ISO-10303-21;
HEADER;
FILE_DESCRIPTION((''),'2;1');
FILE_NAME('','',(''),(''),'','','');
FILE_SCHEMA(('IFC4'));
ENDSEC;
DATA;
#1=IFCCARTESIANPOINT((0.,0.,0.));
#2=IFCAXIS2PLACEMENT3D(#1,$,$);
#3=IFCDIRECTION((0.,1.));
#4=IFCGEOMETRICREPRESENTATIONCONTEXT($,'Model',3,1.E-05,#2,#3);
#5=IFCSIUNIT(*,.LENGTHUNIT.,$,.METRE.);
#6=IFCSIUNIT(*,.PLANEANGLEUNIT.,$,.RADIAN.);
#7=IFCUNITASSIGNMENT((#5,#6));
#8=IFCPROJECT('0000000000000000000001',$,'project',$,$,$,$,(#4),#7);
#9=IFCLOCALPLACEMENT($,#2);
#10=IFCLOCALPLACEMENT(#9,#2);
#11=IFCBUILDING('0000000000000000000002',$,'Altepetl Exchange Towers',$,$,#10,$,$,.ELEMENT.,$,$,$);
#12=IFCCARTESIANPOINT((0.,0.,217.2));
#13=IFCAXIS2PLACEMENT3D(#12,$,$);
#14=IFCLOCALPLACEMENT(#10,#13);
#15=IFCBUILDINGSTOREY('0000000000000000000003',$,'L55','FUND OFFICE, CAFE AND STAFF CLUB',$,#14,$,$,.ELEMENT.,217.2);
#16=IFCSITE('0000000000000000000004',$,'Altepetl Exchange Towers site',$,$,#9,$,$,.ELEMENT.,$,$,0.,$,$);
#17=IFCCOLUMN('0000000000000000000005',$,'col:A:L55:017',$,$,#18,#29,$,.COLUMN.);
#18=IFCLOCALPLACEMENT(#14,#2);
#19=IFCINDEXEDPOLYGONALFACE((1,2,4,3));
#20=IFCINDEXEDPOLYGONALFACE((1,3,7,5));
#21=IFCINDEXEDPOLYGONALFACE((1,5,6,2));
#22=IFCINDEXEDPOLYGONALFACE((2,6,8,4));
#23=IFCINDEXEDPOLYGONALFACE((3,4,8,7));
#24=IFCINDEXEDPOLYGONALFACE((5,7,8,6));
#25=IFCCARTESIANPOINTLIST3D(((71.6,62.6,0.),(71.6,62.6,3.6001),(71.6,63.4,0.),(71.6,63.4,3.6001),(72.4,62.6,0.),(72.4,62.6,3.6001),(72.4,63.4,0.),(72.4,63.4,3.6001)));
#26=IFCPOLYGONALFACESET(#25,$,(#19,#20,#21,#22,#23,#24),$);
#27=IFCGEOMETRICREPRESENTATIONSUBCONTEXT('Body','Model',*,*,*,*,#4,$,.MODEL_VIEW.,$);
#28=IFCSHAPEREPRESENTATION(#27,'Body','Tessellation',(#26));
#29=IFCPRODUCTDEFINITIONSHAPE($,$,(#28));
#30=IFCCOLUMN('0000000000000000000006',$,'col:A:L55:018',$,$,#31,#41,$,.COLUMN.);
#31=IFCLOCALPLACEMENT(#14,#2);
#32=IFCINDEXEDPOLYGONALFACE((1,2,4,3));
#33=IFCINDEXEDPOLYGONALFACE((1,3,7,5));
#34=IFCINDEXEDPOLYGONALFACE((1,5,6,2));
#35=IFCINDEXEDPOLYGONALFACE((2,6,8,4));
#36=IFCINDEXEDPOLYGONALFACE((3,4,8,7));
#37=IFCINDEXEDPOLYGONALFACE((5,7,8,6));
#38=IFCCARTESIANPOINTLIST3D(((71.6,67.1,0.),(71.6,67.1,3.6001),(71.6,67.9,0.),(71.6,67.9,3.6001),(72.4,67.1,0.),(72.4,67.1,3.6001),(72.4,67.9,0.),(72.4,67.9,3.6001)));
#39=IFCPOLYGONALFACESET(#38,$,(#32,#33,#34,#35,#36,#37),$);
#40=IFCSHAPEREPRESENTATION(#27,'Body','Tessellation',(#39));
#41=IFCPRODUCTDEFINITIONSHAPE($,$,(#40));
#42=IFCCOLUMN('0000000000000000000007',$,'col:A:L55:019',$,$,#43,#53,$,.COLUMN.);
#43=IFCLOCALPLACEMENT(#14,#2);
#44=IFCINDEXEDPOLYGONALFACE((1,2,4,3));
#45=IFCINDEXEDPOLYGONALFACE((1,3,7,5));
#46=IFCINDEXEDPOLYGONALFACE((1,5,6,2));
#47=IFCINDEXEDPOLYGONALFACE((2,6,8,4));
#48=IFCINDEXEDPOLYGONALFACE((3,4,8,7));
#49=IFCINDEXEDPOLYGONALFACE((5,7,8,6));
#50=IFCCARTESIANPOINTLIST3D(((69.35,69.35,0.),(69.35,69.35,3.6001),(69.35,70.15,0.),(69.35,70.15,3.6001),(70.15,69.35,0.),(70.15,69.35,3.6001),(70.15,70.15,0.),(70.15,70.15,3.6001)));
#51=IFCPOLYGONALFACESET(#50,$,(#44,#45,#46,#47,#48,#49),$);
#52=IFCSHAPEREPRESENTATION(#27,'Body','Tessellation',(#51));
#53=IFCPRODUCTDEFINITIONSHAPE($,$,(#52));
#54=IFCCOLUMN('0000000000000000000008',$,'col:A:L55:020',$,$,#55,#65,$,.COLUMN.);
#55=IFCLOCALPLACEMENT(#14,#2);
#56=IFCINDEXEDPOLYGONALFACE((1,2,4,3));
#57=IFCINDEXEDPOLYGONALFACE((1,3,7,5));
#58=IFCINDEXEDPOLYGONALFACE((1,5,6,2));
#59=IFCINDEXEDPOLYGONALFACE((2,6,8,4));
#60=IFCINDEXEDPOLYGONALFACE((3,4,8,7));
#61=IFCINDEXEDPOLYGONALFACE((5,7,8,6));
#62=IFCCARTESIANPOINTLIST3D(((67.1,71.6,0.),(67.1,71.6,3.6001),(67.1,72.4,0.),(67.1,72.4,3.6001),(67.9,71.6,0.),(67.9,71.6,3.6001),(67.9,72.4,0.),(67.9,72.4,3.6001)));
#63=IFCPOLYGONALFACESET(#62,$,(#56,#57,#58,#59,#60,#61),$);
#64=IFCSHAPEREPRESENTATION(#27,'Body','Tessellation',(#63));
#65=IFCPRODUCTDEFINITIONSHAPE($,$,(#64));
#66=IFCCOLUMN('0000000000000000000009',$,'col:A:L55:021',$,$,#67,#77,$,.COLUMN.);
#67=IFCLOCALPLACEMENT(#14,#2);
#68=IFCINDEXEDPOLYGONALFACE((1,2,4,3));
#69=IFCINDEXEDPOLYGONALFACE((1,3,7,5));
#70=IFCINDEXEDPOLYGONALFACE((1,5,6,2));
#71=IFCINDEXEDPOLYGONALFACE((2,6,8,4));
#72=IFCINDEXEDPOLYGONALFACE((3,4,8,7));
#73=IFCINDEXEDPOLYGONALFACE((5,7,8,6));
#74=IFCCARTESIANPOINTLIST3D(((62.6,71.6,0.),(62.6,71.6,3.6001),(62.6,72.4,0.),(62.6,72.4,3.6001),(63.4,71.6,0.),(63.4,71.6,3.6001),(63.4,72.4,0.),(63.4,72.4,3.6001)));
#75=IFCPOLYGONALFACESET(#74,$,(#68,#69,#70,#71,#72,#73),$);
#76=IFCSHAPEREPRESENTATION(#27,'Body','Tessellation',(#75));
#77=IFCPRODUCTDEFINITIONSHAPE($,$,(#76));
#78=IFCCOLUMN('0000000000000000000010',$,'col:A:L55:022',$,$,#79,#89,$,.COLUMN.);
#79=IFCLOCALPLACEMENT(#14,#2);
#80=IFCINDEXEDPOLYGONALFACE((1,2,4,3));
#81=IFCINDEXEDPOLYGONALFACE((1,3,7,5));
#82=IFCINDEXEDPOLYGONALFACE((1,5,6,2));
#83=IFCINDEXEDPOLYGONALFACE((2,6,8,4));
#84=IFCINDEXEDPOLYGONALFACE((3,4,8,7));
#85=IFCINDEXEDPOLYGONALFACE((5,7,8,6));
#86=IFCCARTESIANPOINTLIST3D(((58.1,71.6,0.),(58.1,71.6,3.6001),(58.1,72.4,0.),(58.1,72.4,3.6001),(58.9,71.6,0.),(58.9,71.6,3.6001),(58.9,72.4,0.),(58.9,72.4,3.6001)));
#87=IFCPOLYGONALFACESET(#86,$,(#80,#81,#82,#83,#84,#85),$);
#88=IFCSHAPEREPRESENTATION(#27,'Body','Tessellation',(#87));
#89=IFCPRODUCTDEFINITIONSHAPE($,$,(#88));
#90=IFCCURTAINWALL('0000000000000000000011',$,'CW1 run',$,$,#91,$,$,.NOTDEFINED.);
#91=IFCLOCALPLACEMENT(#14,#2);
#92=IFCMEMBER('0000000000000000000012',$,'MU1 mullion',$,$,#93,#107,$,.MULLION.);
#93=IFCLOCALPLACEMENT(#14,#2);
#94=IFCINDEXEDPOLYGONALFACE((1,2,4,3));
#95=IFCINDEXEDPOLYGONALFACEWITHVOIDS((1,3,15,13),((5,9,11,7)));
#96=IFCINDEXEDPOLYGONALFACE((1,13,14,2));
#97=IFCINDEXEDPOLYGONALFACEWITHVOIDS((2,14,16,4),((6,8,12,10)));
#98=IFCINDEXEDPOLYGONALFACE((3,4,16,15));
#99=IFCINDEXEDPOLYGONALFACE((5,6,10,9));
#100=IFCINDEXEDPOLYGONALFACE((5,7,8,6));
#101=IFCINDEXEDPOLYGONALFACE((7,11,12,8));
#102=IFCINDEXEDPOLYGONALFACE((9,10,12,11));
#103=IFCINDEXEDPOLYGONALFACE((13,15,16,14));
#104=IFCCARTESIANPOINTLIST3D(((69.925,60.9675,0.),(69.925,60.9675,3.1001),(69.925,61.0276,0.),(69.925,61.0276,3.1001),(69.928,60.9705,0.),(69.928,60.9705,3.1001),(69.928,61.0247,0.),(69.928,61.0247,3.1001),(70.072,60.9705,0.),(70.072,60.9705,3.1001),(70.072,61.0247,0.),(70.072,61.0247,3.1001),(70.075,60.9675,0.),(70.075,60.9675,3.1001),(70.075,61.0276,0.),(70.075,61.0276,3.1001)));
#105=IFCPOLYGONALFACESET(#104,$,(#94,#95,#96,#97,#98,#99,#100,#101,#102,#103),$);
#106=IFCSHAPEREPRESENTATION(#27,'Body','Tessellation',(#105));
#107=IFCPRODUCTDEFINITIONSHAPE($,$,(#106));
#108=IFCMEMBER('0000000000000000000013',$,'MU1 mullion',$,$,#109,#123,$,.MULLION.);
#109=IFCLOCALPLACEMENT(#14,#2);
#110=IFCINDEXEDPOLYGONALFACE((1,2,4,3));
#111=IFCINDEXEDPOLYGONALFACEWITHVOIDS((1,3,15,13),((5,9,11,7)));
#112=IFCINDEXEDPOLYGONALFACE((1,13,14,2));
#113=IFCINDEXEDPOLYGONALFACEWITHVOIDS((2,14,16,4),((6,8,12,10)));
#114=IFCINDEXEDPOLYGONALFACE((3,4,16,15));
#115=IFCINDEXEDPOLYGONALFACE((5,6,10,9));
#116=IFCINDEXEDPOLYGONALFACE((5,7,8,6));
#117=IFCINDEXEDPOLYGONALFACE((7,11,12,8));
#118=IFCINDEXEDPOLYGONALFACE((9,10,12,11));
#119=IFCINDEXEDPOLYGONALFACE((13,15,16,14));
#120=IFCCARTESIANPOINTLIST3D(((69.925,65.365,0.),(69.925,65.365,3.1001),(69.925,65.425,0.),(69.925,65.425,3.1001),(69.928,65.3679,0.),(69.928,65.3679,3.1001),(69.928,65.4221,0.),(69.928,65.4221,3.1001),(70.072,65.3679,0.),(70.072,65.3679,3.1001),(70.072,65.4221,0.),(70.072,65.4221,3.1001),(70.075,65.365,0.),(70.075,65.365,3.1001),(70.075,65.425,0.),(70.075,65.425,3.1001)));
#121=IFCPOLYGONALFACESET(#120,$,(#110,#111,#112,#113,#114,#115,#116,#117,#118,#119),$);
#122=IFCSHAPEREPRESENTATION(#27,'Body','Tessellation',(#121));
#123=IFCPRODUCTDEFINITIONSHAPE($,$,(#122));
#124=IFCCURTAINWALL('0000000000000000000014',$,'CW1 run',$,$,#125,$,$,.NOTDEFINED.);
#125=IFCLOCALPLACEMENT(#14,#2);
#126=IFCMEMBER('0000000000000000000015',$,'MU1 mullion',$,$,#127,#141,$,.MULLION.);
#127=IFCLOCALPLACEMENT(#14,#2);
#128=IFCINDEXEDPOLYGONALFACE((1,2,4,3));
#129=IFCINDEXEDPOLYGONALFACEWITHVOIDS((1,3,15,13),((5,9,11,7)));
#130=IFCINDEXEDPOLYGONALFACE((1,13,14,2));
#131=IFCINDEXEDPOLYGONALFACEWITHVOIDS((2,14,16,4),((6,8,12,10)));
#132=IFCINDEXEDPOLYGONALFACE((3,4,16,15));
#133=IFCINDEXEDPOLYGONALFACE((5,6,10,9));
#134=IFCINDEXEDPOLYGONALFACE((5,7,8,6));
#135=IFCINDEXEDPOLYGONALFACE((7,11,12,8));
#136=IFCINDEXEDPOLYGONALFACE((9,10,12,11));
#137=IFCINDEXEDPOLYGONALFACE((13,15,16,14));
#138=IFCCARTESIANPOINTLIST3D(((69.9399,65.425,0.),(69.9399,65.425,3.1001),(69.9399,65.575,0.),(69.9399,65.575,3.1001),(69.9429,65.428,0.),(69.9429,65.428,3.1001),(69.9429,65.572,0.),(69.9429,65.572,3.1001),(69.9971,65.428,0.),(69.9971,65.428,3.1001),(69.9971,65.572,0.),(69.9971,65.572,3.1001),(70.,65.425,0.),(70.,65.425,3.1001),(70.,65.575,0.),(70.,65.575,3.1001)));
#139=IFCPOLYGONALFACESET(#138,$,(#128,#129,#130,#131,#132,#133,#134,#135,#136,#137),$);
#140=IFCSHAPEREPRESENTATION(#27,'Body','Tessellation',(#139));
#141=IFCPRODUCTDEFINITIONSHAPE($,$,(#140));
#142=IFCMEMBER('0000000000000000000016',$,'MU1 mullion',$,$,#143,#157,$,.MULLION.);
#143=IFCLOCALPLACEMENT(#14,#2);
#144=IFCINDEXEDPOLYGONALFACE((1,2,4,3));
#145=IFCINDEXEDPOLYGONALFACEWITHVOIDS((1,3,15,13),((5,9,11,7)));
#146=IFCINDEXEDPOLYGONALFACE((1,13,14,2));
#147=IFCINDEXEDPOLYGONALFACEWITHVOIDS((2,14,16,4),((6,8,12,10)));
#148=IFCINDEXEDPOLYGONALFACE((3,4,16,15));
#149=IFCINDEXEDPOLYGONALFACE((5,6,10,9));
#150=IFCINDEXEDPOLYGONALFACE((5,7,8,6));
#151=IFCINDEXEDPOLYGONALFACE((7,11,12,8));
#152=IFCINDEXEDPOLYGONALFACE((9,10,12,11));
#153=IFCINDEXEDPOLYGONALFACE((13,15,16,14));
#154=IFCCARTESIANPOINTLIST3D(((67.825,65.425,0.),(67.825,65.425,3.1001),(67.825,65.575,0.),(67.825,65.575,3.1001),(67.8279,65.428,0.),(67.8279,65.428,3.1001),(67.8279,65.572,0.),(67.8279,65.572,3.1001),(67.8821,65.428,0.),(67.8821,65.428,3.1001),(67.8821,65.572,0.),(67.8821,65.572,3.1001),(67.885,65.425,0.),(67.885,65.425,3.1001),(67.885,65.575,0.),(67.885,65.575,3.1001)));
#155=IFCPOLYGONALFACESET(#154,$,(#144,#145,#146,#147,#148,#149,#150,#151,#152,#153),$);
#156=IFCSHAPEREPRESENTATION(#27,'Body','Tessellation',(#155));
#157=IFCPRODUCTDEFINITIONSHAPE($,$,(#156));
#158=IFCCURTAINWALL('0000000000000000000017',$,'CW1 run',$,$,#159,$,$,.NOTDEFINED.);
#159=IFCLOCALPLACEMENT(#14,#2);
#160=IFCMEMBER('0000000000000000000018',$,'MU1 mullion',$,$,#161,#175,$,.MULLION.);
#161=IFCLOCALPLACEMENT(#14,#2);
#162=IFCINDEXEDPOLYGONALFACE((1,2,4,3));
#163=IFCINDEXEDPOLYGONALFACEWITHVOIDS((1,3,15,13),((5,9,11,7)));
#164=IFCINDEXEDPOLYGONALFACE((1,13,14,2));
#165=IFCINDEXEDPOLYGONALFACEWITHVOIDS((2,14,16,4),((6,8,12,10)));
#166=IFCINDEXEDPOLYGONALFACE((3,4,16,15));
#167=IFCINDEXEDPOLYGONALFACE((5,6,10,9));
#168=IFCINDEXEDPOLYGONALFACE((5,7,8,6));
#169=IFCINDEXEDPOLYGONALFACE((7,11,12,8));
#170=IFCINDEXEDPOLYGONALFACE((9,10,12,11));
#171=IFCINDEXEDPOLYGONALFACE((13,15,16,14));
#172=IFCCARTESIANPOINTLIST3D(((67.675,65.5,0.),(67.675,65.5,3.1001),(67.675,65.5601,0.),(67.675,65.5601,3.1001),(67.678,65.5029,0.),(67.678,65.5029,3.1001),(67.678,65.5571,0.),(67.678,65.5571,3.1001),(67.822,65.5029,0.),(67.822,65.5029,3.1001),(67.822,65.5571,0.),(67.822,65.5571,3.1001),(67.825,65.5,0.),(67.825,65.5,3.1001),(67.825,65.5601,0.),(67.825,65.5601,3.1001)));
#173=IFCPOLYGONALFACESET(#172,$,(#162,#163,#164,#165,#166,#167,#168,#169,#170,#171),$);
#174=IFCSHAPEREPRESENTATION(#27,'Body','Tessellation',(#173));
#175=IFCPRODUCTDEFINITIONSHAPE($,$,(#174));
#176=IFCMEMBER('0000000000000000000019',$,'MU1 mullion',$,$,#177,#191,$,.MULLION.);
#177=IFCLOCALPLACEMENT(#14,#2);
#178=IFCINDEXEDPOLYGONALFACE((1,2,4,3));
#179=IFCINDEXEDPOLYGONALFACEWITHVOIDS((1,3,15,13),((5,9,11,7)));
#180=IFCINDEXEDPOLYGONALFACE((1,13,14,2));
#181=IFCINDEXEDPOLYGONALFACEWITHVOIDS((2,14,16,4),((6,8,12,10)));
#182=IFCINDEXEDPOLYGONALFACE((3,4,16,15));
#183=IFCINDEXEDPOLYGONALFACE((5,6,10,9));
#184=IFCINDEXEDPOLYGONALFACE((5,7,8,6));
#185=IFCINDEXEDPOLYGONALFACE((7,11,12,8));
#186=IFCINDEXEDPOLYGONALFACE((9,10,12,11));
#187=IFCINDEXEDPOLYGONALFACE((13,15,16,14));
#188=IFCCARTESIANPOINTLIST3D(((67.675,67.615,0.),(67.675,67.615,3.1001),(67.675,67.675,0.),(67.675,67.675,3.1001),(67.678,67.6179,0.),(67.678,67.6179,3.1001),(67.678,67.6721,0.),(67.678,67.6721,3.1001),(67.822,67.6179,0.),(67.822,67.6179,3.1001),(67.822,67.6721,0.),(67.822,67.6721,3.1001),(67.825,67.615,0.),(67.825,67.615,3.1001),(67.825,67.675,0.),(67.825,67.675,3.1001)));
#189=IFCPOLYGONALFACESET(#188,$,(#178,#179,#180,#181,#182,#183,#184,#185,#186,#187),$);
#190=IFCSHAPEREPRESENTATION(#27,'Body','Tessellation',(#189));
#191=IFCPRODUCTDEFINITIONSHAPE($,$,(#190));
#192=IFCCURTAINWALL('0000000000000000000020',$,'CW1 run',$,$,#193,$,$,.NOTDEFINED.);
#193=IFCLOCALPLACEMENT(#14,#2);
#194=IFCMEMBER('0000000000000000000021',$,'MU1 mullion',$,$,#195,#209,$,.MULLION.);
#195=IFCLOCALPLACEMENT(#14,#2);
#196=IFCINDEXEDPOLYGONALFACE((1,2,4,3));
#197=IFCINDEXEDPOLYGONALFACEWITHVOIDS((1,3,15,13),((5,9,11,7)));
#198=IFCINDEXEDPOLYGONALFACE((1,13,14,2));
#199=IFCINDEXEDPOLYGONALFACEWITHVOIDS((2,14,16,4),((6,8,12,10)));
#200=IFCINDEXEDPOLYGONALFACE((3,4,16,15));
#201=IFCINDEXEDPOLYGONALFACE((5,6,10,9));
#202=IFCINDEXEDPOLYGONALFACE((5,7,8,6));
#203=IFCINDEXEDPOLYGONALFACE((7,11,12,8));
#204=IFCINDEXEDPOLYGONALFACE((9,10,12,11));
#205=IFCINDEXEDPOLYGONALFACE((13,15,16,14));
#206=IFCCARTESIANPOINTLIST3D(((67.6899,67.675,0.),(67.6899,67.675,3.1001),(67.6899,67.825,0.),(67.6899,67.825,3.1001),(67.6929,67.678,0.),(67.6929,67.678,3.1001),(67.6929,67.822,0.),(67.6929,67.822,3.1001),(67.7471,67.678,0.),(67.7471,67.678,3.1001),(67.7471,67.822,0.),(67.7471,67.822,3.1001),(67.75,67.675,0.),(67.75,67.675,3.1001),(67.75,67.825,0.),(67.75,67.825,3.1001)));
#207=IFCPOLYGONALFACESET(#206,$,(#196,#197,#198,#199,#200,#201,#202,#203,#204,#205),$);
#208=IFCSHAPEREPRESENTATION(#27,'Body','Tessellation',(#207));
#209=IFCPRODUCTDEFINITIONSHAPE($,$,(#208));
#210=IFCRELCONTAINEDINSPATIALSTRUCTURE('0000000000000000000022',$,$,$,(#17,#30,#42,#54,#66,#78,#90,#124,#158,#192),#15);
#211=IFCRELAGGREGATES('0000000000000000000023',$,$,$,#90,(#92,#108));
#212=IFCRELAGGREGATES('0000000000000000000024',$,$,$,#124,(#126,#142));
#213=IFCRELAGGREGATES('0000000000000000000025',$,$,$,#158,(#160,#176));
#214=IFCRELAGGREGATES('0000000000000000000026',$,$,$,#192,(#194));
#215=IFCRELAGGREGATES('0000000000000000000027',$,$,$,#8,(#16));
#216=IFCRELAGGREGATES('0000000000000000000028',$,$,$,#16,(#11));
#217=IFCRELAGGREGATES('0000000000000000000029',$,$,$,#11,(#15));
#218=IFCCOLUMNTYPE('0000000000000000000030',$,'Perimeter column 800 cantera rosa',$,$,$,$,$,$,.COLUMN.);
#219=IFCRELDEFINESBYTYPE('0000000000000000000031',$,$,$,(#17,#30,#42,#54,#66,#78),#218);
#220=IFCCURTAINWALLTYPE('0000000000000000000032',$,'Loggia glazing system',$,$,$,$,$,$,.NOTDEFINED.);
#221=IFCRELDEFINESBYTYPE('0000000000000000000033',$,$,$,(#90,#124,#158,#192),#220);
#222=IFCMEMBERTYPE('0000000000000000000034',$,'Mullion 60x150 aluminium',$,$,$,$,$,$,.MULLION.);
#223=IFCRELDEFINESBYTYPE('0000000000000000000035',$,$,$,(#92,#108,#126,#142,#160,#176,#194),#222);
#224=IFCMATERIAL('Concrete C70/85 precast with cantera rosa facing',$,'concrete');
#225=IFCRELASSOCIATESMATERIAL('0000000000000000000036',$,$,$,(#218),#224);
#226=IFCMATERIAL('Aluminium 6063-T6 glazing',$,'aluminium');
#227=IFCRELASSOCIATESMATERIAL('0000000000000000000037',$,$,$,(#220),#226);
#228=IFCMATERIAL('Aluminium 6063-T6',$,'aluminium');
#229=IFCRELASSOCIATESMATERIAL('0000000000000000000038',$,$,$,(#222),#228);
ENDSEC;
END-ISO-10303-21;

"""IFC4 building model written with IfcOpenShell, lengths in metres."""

from ifc_helpers import new_model, si_unit, direction, frame, origin, origin_2d, place, context, subcontext, project, spatial, rectangle, hollow_rectangle, extrude, material, material_profile, profile_set, type_object, element, aggregate, save


model = new_model("IFC4")

# Units and contexts
model_context = context("Model", 3, precision=1e-05, world=origin(), true_north=direction((0.0, 1.0)))
body_context = subcontext(model_context, "Body", "Model", "MODEL_VIEW")
ifc_project = project(units=[si_unit("LENGTHUNIT", "METRE"), si_unit("PLANEANGLEUNIT", "RADIAN")], contexts=[model_context])

# Site, building, storey
site_placement = place(None, origin())
site = spatial("IfcSite", under=ifc_project, at=site_placement, Name="Altepetl Exchange Towers site", CompositionType="ELEMENT", RefElevation=0.0)
building_placement = place(site_placement, origin())
building = spatial("IfcBuilding", under=site, at=building_placement, Name="Altepetl Exchange Towers", CompositionType="ELEMENT")
storey_placement = place(building_placement, frame((0.0, 0.0, 217.2)))
storey = spatial("IfcBuildingStorey", under=building, at=storey_placement, Name="L55", Description="FUND OFFICE, CAFE AND STAFF CLUB", CompositionType="ELEMENT", Elevation=217.2)

# Columns
ifc_material_1 = material(Name="Concrete C70/85 precast with cantera rosa facing", Category="concrete")
ifc_material_profile_1 = material_profile(ifc_material_1, rectangle(XDim=0.8, YDim=0.8, at=origin_2d()), Name="800 x 800")
ifc_profile_set_1 = profile_set([ifc_material_profile_1], Name="Concrete C70/85 precast with cantera rosa facing")
column_type = type_object("IfcColumnType", Name="Perimeter column 800 cantera rosa", PredefinedType="COLUMN", material=ifc_profile_set_1)
for number, where, name in (
    (1, (72.0, 63.0, 0.0), "col:A:L55:017"),
    (2, (72.0, 67.5, 0.0), "col:A:L55:018"),
    (3, (69.75, 69.75, 0.0), "col:A:L55:019"),
    (4, (67.5, 72.0, 0.0), "col:A:L55:020"),
    (5, (63.0, 72.0, 0.0), "col:A:L55:021"),
    (6, (58.5, 72.0, 0.0), "col:A:L55:022"),
):
    element("IfcColumn", number, at=place(storey_placement, frame(where)), inside=storey, type_object=column_type, Name=name, PredefinedType="COLUMN", context=body_context, shape_type="SweptSolid", body=[
        extrude(rectangle(XDim=0.8, YDim=0.8, at=origin_2d()), origin(), (0.0, 0.0, 1.0), 3.6001),
    ])

# Curtain walls, members
ifc_material_2 = material(Name="Aluminium 6063-T6 glazing", Category="aluminium")
curtain_wall_type = type_object("IfcCurtainWallType", Name="Loggia glazing system", PredefinedType="NOTDEFINED", material=ifc_material_2)
curtain_wall_1_placement = place(storey_placement, origin())
curtain_wall_1 = element("IfcCurtainWall", 7, at=curtain_wall_1_placement, inside=storey, type_object=curtain_wall_type, Name="CW1 run", PredefinedType="NOTDEFINED")
ifc_material_3 = material(Name="Aluminium 6063-T6", Category="aluminium")
ifc_material_profile_2 = material_profile(ifc_material_3, hollow_rectangle(XDim=0.0601, YDim=0.1499, WallThickness=0.0029, at=origin_2d()), Name="Mullion 60x150 aluminium")
ifc_profile_set_2 = profile_set([ifc_material_profile_2], Name="Aluminium 6063-T6")
member_type = type_object("IfcMemberType", Name="Mullion 60x150 aluminium", PredefinedType="MULLION", material=ifc_profile_set_2)
member_1_placement = place(storey_placement, frame((70.0, 60.9976, 0.0), z_axis=(0.0, 0.0, 1.0), x_axis=(0.0, 1.0, 0.0)))
member_1 = element("IfcMember", 8, at=member_1_placement, type_object=member_type, Name="MU1 mullion", PredefinedType="MULLION", context=body_context, shape_type="SweptSolid", body=[
    extrude(hollow_rectangle(XDim=0.0601, YDim=0.1499, WallThickness=0.0029, at=origin_2d()), origin(), (0.0, 0.0, 1.0), 3.1001),
])
member_2_placement = place(storey_placement, frame((70.0, 65.395, 0.0), z_axis=(0.0, 0.0, 1.0), x_axis=(0.0, 1.0, 0.0)))
member_2 = element("IfcMember", 9, at=member_2_placement, type_object=member_type, Name="MU1 mullion", PredefinedType="MULLION", context=body_context, shape_type="SweptSolid", body=[
    extrude(hollow_rectangle(XDim=0.0601, YDim=0.1499, WallThickness=0.0029, at=origin_2d()), origin(), (0.0, 0.0, 1.0), 3.1001),
])
curtain_wall_2_placement = place(storey_placement, origin())
curtain_wall_2 = element("IfcCurtainWall", 10, at=curtain_wall_2_placement, inside=storey, type_object=curtain_wall_type, Name="CW1 run", PredefinedType="NOTDEFINED")
member_3_placement = place(storey_placement, frame((69.97, 65.5, 0.0), z_axis=(0.0, 0.0, 1.0), x_axis=(-1.0, 0.0, 0.0)))
member_3 = element("IfcMember", 11, at=member_3_placement, type_object=member_type, Name="MU1 mullion", PredefinedType="MULLION", context=body_context, shape_type="SweptSolid", body=[
    extrude(hollow_rectangle(XDim=0.0601, YDim=0.1499, WallThickness=0.0029, at=origin_2d()), origin(), (0.0, 0.0, 1.0), 3.1001),
])
member_4_placement = place(storey_placement, frame((67.855, 65.5, 0.0), z_axis=(0.0, 0.0, 1.0), x_axis=(-1.0, 0.0, 0.0)))
member_4 = element("IfcMember", 12, at=member_4_placement, type_object=member_type, Name="MU1 mullion", PredefinedType="MULLION", context=body_context, shape_type="SweptSolid", body=[
    extrude(hollow_rectangle(XDim=0.0601, YDim=0.1499, WallThickness=0.0029, at=origin_2d()), origin(), (0.0, 0.0, 1.0), 3.1001),
])
curtain_wall_3_placement = place(storey_placement, origin())
curtain_wall_3 = element("IfcCurtainWall", 13, at=curtain_wall_3_placement, inside=storey, type_object=curtain_wall_type, Name="CW1 run", PredefinedType="NOTDEFINED")
member_5_placement = place(storey_placement, frame((67.75, 65.53, 0.0), z_axis=(0.0, 0.0, 1.0), x_axis=(0.0, 1.0, 0.0)))
member_5 = element("IfcMember", 14, at=member_5_placement, type_object=member_type, Name="MU1 mullion", PredefinedType="MULLION", context=body_context, shape_type="SweptSolid", body=[
    extrude(hollow_rectangle(XDim=0.0601, YDim=0.1499, WallThickness=0.0029, at=origin_2d()), origin(), (0.0, 0.0, 1.0), 3.1001),
])
member_6_placement = place(storey_placement, frame((67.75, 67.645, 0.0), z_axis=(0.0, 0.0, 1.0), x_axis=(0.0, 1.0, 0.0)))
member_6 = element("IfcMember", 15, at=member_6_placement, type_object=member_type, Name="MU1 mullion", PredefinedType="MULLION", context=body_context, shape_type="SweptSolid", body=[
    extrude(hollow_rectangle(XDim=0.0601, YDim=0.1499, WallThickness=0.0029, at=origin_2d()), origin(), (0.0, 0.0, 1.0), 3.1001),
])
curtain_wall_4_placement = place(storey_placement, origin())
curtain_wall_4 = element("IfcCurtainWall", 16, at=curtain_wall_4_placement, inside=storey, type_object=curtain_wall_type, Name="CW1 run", PredefinedType="NOTDEFINED")
member_7_placement = place(storey_placement, frame((67.72, 67.75, 0.0), z_axis=(0.0, 0.0, 1.0), x_axis=(-1.0, 0.0, 0.0)))
member_7 = element("IfcMember", 17, at=member_7_placement, type_object=member_type, Name="MU1 mullion", PredefinedType="MULLION", context=body_context, shape_type="SweptSolid", body=[
    extrude(hollow_rectangle(XDim=0.0601, YDim=0.1499, WallThickness=0.0029, at=origin_2d()), origin(), (0.0, 0.0, 1.0), 3.1001),
])

aggregate(curtain_wall_1, [member_1, member_2])
aggregate(curtain_wall_2, [member_3, member_4])
aggregate(curtain_wall_3, [member_5, member_6])
aggregate(curtain_wall_4, [member_7])

save(model, "model.ifc")
